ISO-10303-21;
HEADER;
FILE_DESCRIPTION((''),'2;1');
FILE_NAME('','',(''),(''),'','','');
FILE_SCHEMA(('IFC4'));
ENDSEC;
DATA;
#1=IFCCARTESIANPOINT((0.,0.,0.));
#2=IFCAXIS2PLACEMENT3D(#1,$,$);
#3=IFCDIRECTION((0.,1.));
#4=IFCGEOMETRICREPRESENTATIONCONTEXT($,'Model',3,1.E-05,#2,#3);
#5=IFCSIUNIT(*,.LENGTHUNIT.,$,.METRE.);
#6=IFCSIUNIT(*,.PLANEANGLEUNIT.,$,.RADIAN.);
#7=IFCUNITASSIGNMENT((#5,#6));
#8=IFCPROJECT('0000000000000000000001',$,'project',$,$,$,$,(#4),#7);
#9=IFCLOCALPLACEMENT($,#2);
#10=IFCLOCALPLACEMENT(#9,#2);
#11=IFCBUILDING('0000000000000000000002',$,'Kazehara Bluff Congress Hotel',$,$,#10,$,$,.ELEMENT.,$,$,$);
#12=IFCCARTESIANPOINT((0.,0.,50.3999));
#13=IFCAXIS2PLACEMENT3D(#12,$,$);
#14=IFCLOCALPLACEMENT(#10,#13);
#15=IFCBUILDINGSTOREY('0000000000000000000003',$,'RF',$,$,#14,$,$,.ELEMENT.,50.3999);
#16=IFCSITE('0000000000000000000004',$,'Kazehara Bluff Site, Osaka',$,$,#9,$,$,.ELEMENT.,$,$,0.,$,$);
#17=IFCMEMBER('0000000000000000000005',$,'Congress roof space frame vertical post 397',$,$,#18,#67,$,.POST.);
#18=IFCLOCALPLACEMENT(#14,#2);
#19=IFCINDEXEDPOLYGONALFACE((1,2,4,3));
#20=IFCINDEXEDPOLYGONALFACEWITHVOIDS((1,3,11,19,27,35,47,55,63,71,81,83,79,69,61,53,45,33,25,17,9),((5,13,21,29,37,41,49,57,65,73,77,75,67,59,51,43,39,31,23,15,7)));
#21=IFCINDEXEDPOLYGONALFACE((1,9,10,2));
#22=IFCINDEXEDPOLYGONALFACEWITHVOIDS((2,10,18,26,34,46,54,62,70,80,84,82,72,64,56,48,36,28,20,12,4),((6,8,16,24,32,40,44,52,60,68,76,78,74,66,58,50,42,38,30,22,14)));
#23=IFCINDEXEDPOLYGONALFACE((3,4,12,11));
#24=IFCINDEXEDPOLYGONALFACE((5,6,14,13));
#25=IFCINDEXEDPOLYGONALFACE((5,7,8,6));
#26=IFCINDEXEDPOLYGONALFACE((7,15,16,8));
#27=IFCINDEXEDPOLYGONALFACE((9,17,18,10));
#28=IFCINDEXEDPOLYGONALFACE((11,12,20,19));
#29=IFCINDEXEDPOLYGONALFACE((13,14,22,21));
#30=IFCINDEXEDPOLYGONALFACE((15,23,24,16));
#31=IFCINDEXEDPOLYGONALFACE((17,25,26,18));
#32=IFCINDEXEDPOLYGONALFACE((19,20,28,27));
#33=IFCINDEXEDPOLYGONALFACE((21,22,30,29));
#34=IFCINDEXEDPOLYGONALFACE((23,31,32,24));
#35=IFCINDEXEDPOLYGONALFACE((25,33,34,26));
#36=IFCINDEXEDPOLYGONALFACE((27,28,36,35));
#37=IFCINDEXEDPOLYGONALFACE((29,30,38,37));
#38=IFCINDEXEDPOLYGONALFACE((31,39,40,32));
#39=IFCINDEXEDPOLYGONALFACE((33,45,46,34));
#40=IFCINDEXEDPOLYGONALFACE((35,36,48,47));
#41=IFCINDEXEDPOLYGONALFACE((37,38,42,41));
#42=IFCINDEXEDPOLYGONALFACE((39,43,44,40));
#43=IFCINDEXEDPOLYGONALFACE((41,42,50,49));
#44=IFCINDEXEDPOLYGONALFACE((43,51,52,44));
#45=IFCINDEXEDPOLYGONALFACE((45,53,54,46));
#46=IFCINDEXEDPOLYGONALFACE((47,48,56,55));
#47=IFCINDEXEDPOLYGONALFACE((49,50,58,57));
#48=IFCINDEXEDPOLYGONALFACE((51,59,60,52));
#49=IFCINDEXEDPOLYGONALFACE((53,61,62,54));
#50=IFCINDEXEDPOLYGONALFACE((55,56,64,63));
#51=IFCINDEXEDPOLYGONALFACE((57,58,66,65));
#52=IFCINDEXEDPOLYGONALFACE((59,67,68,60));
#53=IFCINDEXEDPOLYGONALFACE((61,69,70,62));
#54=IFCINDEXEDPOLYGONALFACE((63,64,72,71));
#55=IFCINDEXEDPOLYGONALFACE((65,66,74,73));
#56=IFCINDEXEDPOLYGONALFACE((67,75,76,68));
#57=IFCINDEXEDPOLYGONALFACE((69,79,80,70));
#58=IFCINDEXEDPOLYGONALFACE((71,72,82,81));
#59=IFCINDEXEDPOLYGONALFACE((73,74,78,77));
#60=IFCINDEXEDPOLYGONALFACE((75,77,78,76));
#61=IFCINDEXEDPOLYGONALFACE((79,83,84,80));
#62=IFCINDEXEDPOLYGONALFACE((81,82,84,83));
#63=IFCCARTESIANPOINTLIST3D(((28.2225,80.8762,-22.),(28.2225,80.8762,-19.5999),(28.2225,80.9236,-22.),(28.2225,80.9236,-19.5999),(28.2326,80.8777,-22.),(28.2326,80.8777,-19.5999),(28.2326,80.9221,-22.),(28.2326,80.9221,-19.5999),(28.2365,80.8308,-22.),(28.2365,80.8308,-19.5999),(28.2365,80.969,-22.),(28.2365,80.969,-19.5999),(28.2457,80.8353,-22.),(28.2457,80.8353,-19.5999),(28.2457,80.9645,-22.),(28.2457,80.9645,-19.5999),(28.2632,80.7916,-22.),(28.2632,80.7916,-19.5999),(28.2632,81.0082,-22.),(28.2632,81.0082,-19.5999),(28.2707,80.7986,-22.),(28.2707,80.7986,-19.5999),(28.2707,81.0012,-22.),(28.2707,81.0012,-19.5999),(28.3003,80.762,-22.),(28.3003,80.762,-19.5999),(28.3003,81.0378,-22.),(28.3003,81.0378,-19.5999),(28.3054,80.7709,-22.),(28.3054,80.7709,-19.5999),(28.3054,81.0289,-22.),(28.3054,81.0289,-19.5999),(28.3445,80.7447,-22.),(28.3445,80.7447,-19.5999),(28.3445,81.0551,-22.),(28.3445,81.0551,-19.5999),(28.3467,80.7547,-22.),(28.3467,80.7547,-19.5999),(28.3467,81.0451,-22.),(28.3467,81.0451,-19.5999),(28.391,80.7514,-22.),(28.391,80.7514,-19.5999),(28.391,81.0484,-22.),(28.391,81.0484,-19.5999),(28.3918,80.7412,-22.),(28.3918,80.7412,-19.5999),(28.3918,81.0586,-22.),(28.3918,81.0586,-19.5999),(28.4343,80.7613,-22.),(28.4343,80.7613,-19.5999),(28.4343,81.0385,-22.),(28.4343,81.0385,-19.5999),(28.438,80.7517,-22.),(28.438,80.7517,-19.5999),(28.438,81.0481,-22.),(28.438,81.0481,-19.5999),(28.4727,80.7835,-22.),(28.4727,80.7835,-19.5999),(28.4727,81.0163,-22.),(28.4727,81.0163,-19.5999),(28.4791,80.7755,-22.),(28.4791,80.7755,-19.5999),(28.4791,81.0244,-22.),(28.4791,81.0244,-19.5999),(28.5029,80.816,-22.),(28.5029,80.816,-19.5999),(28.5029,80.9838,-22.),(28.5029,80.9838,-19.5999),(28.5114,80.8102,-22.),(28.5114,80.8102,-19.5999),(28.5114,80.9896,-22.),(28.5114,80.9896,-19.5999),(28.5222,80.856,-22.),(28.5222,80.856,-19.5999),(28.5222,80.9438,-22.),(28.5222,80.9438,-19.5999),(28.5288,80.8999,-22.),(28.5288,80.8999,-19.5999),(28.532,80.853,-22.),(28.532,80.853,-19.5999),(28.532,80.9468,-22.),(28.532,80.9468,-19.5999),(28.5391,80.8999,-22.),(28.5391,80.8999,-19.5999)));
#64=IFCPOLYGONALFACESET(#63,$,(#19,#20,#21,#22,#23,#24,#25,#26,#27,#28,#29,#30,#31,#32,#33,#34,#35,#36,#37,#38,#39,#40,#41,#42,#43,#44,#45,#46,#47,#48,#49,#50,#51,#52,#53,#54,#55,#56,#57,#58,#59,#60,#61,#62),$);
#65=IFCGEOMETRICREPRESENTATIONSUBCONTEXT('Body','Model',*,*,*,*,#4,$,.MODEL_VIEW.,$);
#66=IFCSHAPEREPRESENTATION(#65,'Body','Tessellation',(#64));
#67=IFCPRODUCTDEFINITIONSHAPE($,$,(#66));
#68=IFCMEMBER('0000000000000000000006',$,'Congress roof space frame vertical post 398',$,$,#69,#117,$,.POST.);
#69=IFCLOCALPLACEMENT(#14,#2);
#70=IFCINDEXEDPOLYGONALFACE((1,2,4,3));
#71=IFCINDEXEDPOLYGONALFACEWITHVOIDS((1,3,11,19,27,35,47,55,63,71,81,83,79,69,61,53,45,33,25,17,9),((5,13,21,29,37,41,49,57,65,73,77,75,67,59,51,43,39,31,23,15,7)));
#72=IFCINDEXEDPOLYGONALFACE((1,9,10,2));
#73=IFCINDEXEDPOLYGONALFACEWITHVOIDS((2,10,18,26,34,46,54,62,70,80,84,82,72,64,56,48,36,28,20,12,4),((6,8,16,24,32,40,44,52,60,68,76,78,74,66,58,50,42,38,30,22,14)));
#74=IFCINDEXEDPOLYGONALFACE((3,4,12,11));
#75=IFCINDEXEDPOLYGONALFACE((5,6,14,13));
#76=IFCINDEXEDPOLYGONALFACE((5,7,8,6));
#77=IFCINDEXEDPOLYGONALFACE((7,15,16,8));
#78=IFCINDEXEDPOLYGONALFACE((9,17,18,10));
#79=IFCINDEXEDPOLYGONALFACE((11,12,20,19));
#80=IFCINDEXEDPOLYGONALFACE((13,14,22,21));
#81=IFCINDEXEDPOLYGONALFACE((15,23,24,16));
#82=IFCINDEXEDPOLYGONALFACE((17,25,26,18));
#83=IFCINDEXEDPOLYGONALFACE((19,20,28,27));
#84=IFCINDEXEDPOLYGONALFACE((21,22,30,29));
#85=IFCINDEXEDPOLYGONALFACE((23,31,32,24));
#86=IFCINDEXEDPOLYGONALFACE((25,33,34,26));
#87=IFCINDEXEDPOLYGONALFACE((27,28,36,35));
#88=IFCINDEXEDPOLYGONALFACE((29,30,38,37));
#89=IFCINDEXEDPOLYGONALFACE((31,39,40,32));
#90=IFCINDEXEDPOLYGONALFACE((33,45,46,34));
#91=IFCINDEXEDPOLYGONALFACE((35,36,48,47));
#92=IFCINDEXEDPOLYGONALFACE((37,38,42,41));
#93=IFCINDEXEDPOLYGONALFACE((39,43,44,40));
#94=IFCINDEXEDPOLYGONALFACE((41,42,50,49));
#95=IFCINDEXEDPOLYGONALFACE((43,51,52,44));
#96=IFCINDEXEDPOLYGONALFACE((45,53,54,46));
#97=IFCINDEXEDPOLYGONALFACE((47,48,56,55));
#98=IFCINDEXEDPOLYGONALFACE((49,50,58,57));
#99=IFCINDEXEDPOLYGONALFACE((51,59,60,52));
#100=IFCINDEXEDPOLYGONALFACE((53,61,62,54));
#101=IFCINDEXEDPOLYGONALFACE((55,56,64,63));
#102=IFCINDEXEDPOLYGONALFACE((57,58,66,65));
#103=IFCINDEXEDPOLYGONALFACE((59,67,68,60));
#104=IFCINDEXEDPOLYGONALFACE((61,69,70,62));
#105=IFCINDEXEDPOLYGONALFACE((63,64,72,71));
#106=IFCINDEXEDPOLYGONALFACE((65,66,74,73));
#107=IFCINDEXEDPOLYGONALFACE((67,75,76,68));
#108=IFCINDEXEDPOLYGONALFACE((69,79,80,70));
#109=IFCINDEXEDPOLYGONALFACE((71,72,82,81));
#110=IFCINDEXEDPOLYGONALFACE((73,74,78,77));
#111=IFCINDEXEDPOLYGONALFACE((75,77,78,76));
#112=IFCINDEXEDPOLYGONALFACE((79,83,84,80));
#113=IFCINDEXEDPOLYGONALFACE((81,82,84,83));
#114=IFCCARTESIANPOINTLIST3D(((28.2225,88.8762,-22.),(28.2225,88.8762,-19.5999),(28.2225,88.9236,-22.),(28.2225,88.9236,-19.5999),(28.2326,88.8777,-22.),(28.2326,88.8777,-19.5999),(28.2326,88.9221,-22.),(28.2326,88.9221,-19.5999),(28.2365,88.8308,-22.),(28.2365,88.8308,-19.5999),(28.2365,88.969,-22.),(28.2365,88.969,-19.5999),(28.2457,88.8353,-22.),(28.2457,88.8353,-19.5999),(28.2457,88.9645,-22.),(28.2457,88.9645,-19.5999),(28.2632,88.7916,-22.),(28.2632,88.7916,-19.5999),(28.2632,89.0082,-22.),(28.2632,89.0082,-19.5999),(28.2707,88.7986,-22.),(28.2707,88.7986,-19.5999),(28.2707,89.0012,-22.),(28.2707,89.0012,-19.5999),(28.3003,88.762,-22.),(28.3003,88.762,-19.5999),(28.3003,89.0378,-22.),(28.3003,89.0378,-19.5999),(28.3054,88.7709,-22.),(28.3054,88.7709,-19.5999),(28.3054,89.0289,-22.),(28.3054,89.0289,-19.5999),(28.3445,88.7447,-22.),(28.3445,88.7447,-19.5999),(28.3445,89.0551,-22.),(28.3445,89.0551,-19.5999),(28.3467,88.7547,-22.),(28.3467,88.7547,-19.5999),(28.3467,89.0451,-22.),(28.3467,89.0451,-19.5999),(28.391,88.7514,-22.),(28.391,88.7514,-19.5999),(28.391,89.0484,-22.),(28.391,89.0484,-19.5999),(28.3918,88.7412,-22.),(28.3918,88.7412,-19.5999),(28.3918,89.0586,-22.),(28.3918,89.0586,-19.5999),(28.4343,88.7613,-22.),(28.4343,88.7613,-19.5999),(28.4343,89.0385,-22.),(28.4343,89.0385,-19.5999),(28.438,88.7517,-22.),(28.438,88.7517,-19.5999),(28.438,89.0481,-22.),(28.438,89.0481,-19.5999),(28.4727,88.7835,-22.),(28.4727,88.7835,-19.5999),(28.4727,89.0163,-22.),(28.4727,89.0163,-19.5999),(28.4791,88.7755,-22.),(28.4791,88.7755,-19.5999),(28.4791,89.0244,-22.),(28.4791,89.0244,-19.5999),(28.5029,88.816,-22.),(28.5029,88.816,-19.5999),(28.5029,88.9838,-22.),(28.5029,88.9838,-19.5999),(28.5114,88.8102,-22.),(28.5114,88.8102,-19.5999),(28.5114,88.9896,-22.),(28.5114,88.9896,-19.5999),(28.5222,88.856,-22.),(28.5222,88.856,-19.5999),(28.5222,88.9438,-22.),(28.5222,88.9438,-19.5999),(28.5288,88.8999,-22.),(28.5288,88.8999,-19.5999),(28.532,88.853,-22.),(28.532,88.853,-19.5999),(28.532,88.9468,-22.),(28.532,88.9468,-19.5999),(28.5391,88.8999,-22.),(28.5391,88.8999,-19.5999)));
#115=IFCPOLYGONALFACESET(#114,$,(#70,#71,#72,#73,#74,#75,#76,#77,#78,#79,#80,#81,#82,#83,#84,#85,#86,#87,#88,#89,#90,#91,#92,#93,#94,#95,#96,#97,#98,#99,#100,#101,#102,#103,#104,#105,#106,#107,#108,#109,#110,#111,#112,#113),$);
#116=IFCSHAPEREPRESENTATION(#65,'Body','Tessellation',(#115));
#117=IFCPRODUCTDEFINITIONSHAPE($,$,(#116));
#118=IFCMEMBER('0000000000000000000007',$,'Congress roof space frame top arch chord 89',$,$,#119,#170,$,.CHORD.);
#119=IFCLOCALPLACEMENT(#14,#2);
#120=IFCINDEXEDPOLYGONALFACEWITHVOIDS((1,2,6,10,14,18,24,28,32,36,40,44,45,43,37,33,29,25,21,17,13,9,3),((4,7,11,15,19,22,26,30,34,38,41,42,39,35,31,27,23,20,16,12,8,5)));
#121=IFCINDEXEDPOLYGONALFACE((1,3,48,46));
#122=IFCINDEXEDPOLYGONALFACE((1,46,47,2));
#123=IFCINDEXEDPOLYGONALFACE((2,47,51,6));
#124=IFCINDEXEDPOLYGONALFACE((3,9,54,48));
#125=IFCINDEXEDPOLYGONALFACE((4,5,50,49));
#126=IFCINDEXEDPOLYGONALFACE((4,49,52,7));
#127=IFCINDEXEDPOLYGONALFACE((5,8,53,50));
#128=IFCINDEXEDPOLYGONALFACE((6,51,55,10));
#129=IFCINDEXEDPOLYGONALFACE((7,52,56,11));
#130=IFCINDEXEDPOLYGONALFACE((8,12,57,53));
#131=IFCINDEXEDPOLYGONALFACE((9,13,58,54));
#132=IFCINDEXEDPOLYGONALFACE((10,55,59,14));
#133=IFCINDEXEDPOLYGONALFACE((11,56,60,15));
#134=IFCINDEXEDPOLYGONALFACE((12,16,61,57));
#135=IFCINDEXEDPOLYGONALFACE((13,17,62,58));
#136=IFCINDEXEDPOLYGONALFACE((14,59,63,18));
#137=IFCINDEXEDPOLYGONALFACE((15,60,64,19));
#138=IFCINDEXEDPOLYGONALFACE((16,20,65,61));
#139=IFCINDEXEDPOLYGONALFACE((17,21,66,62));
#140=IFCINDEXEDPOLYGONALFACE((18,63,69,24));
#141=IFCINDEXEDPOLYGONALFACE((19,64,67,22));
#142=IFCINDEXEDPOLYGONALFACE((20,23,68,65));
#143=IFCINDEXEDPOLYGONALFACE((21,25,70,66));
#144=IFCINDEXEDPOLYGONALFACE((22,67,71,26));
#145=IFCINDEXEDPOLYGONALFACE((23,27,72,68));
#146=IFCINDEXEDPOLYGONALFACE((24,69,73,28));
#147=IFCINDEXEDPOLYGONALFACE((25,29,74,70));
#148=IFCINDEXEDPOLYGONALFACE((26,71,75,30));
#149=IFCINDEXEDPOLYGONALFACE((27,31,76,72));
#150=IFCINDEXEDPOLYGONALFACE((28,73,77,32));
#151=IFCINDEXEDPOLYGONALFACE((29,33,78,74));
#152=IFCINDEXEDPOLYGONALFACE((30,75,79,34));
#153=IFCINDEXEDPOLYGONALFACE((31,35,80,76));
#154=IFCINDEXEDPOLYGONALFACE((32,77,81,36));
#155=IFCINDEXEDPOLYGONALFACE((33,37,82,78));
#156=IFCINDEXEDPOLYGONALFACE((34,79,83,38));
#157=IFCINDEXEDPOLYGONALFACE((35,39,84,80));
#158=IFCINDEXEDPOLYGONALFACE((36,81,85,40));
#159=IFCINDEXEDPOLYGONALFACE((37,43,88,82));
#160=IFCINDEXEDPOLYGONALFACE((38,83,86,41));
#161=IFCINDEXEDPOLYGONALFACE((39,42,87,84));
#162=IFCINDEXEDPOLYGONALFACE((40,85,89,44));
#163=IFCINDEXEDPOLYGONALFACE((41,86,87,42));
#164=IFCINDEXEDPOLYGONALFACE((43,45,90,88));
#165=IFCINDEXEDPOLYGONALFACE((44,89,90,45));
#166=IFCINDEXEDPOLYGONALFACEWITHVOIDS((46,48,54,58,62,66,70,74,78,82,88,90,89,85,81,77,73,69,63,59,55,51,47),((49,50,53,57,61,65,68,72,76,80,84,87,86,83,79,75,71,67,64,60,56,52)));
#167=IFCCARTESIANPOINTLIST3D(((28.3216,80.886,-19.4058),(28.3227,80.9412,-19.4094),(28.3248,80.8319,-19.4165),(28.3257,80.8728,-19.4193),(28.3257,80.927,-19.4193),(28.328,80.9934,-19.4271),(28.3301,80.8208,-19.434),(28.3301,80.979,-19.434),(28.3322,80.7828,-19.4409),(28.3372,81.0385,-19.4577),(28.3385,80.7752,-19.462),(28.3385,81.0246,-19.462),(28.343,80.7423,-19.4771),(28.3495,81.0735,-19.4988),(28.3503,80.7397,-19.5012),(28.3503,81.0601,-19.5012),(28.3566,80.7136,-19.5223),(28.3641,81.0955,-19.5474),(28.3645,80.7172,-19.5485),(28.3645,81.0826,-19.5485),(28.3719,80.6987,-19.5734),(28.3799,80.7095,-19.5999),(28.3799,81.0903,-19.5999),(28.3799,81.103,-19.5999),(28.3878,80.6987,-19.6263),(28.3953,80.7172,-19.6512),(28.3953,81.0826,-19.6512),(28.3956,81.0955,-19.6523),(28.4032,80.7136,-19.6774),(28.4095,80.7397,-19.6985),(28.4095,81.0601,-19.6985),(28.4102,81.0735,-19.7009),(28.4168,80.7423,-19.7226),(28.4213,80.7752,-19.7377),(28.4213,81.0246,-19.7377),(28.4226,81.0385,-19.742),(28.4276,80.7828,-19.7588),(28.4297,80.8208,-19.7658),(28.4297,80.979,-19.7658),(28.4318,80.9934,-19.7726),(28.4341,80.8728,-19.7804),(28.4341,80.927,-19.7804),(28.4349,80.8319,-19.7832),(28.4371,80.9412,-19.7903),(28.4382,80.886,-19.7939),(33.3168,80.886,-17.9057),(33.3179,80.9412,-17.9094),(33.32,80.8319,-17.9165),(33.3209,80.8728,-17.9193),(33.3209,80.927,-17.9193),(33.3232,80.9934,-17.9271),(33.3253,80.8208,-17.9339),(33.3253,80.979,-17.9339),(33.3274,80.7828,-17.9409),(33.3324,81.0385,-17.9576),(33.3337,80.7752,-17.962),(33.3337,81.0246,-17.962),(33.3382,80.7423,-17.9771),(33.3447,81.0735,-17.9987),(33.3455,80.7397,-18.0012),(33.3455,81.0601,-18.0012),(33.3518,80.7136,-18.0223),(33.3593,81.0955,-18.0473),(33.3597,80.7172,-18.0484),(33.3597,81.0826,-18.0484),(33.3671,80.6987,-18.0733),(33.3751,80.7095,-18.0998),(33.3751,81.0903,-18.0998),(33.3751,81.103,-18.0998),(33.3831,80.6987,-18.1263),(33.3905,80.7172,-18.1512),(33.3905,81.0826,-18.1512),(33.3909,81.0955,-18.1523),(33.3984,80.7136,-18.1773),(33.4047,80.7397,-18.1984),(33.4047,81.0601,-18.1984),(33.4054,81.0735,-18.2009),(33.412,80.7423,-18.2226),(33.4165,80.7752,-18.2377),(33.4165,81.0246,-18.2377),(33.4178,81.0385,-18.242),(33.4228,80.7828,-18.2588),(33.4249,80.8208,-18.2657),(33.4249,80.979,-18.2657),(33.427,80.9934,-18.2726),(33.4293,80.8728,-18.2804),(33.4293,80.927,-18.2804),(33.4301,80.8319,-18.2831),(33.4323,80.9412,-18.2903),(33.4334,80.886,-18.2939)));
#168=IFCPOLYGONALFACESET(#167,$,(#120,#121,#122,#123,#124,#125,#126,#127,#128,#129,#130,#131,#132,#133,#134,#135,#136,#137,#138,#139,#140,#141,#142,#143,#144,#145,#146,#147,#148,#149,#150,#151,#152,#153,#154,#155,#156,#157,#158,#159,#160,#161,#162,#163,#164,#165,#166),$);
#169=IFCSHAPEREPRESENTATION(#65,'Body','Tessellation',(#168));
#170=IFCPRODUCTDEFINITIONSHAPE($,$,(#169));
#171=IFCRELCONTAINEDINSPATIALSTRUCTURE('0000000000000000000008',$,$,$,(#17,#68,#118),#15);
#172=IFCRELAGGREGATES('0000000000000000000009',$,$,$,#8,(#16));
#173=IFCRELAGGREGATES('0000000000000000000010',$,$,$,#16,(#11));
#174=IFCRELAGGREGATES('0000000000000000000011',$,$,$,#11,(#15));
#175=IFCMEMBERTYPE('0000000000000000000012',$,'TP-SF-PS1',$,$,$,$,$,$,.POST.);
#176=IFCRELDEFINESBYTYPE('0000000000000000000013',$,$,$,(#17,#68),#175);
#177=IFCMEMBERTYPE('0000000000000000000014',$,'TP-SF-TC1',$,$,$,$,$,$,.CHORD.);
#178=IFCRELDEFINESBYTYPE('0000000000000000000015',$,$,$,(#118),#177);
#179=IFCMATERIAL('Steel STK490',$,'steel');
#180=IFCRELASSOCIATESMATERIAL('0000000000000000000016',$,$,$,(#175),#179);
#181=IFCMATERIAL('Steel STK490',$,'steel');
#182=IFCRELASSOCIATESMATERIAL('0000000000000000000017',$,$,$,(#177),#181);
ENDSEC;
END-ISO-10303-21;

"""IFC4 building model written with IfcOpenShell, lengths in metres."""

from ifc_helpers import new_model, si_unit, direction, frame, origin, origin_2d, place, context, subcontext, project, spatial, hollow_circle, extrude, material, material_profile, profile_set, type_object, element, save


model = new_model("IFC4")

# Units and contexts
model_context = context("Model", 3, precision=1e-05, world=origin(), true_north=direction((0.0, 1.0)))
body_context = subcontext(model_context, "Body", "Model", "MODEL_VIEW")
ifc_project = project(units=[si_unit("LENGTHUNIT", "METRE"), si_unit("PLANEANGLEUNIT", "RADIAN")], contexts=[model_context])

# Site, building, storey
site_placement = place(None, origin())
site = spatial("IfcSite", under=ifc_project, at=site_placement, Name="Kazehara Bluff Site, Osaka", CompositionType="ELEMENT", RefElevation=0.0)
building_placement = place(site_placement, origin())
building = spatial("IfcBuilding", under=site, at=building_placement, Name="Kazehara Bluff Congress Hotel", CompositionType="ELEMENT")
storey_placement = place(building_placement, frame((0.0, 0.0, 50.3999)))
storey = spatial("IfcBuildingStorey", under=building, at=storey_placement, Name="RF", CompositionType="ELEMENT", Elevation=50.3999)

# Members
ifc_material_1 = material(Name="Steel STK490", Category="steel")
ifc_material_profile_1 = material_profile(ifc_material_1, hollow_circle(Radius=0.1592, WallThickness=0.0103, at=origin_2d()))
ifc_profile_set_1 = profile_set([ifc_material_profile_1], Name="Steel STK490")
member_type_1 = type_object("IfcMemberType", Name="TP-SF-PS1", PredefinedType="POST", material=ifc_profile_set_1)
for number, where, z_axis, x_axis, name in (
    (1, (28.3799, 80.8999, -22.0), (0.0, 0.0, 1.0), (1.0, 0.0, 0.0), "Congress roof space frame vertical post 397"),
    (2, (28.3799, 88.8999, -22.0), (0.0, 0.0, 1.0), (1.0, 0.0, 0.0), "Congress roof space frame vertical post 398"),
):
    element("IfcMember", number, at=place(storey_placement, frame(where, z_axis=z_axis, x_axis=x_axis)), inside=storey, type_object=member_type_1, Name=name, PredefinedType="POST", context=body_context, shape_type="SweptSolid", body=[
        extrude(hollow_circle(Radius=0.1592, WallThickness=0.0103, at=origin_2d()), origin(), (0.0, 0.0, 1.0), 2.4001),
    ])
ifc_material_2 = material(Name="Steel STK490", Category="steel")
ifc_material_profile_2 = material_profile(ifc_material_2, hollow_circle(Radius=0.2031, WallThickness=0.0127, at=origin_2d()))
ifc_profile_set_2 = profile_set([ifc_material_profile_2], Name="Steel STK490")
member_type_2 = type_object("IfcMemberType", Name="TP-SF-TC1", PredefinedType="CHORD", material=ifc_profile_set_2)
for number, where, z_axis, x_axis, name in (
    (3, (28.3799, 80.8999, -19.5999), (0.957749, 0.0, 0.287606), (0.0, 1.0, 0.0), "Congress roof space frame top arch chord 89"),
):
    element("IfcMember", number, at=place(storey_placement, frame(where, z_axis=z_axis, x_axis=x_axis)), inside=storey, type_object=member_type_2, Name=name, PredefinedType="CHORD", context=body_context, shape_type="SweptSolid", body=[
        extrude(hollow_circle(Radius=0.2031, WallThickness=0.0127, at=origin_2d()), origin(), (0.0, 0.0, 1.0), 5.2156),
    ])

save(model, "model.ifc")
